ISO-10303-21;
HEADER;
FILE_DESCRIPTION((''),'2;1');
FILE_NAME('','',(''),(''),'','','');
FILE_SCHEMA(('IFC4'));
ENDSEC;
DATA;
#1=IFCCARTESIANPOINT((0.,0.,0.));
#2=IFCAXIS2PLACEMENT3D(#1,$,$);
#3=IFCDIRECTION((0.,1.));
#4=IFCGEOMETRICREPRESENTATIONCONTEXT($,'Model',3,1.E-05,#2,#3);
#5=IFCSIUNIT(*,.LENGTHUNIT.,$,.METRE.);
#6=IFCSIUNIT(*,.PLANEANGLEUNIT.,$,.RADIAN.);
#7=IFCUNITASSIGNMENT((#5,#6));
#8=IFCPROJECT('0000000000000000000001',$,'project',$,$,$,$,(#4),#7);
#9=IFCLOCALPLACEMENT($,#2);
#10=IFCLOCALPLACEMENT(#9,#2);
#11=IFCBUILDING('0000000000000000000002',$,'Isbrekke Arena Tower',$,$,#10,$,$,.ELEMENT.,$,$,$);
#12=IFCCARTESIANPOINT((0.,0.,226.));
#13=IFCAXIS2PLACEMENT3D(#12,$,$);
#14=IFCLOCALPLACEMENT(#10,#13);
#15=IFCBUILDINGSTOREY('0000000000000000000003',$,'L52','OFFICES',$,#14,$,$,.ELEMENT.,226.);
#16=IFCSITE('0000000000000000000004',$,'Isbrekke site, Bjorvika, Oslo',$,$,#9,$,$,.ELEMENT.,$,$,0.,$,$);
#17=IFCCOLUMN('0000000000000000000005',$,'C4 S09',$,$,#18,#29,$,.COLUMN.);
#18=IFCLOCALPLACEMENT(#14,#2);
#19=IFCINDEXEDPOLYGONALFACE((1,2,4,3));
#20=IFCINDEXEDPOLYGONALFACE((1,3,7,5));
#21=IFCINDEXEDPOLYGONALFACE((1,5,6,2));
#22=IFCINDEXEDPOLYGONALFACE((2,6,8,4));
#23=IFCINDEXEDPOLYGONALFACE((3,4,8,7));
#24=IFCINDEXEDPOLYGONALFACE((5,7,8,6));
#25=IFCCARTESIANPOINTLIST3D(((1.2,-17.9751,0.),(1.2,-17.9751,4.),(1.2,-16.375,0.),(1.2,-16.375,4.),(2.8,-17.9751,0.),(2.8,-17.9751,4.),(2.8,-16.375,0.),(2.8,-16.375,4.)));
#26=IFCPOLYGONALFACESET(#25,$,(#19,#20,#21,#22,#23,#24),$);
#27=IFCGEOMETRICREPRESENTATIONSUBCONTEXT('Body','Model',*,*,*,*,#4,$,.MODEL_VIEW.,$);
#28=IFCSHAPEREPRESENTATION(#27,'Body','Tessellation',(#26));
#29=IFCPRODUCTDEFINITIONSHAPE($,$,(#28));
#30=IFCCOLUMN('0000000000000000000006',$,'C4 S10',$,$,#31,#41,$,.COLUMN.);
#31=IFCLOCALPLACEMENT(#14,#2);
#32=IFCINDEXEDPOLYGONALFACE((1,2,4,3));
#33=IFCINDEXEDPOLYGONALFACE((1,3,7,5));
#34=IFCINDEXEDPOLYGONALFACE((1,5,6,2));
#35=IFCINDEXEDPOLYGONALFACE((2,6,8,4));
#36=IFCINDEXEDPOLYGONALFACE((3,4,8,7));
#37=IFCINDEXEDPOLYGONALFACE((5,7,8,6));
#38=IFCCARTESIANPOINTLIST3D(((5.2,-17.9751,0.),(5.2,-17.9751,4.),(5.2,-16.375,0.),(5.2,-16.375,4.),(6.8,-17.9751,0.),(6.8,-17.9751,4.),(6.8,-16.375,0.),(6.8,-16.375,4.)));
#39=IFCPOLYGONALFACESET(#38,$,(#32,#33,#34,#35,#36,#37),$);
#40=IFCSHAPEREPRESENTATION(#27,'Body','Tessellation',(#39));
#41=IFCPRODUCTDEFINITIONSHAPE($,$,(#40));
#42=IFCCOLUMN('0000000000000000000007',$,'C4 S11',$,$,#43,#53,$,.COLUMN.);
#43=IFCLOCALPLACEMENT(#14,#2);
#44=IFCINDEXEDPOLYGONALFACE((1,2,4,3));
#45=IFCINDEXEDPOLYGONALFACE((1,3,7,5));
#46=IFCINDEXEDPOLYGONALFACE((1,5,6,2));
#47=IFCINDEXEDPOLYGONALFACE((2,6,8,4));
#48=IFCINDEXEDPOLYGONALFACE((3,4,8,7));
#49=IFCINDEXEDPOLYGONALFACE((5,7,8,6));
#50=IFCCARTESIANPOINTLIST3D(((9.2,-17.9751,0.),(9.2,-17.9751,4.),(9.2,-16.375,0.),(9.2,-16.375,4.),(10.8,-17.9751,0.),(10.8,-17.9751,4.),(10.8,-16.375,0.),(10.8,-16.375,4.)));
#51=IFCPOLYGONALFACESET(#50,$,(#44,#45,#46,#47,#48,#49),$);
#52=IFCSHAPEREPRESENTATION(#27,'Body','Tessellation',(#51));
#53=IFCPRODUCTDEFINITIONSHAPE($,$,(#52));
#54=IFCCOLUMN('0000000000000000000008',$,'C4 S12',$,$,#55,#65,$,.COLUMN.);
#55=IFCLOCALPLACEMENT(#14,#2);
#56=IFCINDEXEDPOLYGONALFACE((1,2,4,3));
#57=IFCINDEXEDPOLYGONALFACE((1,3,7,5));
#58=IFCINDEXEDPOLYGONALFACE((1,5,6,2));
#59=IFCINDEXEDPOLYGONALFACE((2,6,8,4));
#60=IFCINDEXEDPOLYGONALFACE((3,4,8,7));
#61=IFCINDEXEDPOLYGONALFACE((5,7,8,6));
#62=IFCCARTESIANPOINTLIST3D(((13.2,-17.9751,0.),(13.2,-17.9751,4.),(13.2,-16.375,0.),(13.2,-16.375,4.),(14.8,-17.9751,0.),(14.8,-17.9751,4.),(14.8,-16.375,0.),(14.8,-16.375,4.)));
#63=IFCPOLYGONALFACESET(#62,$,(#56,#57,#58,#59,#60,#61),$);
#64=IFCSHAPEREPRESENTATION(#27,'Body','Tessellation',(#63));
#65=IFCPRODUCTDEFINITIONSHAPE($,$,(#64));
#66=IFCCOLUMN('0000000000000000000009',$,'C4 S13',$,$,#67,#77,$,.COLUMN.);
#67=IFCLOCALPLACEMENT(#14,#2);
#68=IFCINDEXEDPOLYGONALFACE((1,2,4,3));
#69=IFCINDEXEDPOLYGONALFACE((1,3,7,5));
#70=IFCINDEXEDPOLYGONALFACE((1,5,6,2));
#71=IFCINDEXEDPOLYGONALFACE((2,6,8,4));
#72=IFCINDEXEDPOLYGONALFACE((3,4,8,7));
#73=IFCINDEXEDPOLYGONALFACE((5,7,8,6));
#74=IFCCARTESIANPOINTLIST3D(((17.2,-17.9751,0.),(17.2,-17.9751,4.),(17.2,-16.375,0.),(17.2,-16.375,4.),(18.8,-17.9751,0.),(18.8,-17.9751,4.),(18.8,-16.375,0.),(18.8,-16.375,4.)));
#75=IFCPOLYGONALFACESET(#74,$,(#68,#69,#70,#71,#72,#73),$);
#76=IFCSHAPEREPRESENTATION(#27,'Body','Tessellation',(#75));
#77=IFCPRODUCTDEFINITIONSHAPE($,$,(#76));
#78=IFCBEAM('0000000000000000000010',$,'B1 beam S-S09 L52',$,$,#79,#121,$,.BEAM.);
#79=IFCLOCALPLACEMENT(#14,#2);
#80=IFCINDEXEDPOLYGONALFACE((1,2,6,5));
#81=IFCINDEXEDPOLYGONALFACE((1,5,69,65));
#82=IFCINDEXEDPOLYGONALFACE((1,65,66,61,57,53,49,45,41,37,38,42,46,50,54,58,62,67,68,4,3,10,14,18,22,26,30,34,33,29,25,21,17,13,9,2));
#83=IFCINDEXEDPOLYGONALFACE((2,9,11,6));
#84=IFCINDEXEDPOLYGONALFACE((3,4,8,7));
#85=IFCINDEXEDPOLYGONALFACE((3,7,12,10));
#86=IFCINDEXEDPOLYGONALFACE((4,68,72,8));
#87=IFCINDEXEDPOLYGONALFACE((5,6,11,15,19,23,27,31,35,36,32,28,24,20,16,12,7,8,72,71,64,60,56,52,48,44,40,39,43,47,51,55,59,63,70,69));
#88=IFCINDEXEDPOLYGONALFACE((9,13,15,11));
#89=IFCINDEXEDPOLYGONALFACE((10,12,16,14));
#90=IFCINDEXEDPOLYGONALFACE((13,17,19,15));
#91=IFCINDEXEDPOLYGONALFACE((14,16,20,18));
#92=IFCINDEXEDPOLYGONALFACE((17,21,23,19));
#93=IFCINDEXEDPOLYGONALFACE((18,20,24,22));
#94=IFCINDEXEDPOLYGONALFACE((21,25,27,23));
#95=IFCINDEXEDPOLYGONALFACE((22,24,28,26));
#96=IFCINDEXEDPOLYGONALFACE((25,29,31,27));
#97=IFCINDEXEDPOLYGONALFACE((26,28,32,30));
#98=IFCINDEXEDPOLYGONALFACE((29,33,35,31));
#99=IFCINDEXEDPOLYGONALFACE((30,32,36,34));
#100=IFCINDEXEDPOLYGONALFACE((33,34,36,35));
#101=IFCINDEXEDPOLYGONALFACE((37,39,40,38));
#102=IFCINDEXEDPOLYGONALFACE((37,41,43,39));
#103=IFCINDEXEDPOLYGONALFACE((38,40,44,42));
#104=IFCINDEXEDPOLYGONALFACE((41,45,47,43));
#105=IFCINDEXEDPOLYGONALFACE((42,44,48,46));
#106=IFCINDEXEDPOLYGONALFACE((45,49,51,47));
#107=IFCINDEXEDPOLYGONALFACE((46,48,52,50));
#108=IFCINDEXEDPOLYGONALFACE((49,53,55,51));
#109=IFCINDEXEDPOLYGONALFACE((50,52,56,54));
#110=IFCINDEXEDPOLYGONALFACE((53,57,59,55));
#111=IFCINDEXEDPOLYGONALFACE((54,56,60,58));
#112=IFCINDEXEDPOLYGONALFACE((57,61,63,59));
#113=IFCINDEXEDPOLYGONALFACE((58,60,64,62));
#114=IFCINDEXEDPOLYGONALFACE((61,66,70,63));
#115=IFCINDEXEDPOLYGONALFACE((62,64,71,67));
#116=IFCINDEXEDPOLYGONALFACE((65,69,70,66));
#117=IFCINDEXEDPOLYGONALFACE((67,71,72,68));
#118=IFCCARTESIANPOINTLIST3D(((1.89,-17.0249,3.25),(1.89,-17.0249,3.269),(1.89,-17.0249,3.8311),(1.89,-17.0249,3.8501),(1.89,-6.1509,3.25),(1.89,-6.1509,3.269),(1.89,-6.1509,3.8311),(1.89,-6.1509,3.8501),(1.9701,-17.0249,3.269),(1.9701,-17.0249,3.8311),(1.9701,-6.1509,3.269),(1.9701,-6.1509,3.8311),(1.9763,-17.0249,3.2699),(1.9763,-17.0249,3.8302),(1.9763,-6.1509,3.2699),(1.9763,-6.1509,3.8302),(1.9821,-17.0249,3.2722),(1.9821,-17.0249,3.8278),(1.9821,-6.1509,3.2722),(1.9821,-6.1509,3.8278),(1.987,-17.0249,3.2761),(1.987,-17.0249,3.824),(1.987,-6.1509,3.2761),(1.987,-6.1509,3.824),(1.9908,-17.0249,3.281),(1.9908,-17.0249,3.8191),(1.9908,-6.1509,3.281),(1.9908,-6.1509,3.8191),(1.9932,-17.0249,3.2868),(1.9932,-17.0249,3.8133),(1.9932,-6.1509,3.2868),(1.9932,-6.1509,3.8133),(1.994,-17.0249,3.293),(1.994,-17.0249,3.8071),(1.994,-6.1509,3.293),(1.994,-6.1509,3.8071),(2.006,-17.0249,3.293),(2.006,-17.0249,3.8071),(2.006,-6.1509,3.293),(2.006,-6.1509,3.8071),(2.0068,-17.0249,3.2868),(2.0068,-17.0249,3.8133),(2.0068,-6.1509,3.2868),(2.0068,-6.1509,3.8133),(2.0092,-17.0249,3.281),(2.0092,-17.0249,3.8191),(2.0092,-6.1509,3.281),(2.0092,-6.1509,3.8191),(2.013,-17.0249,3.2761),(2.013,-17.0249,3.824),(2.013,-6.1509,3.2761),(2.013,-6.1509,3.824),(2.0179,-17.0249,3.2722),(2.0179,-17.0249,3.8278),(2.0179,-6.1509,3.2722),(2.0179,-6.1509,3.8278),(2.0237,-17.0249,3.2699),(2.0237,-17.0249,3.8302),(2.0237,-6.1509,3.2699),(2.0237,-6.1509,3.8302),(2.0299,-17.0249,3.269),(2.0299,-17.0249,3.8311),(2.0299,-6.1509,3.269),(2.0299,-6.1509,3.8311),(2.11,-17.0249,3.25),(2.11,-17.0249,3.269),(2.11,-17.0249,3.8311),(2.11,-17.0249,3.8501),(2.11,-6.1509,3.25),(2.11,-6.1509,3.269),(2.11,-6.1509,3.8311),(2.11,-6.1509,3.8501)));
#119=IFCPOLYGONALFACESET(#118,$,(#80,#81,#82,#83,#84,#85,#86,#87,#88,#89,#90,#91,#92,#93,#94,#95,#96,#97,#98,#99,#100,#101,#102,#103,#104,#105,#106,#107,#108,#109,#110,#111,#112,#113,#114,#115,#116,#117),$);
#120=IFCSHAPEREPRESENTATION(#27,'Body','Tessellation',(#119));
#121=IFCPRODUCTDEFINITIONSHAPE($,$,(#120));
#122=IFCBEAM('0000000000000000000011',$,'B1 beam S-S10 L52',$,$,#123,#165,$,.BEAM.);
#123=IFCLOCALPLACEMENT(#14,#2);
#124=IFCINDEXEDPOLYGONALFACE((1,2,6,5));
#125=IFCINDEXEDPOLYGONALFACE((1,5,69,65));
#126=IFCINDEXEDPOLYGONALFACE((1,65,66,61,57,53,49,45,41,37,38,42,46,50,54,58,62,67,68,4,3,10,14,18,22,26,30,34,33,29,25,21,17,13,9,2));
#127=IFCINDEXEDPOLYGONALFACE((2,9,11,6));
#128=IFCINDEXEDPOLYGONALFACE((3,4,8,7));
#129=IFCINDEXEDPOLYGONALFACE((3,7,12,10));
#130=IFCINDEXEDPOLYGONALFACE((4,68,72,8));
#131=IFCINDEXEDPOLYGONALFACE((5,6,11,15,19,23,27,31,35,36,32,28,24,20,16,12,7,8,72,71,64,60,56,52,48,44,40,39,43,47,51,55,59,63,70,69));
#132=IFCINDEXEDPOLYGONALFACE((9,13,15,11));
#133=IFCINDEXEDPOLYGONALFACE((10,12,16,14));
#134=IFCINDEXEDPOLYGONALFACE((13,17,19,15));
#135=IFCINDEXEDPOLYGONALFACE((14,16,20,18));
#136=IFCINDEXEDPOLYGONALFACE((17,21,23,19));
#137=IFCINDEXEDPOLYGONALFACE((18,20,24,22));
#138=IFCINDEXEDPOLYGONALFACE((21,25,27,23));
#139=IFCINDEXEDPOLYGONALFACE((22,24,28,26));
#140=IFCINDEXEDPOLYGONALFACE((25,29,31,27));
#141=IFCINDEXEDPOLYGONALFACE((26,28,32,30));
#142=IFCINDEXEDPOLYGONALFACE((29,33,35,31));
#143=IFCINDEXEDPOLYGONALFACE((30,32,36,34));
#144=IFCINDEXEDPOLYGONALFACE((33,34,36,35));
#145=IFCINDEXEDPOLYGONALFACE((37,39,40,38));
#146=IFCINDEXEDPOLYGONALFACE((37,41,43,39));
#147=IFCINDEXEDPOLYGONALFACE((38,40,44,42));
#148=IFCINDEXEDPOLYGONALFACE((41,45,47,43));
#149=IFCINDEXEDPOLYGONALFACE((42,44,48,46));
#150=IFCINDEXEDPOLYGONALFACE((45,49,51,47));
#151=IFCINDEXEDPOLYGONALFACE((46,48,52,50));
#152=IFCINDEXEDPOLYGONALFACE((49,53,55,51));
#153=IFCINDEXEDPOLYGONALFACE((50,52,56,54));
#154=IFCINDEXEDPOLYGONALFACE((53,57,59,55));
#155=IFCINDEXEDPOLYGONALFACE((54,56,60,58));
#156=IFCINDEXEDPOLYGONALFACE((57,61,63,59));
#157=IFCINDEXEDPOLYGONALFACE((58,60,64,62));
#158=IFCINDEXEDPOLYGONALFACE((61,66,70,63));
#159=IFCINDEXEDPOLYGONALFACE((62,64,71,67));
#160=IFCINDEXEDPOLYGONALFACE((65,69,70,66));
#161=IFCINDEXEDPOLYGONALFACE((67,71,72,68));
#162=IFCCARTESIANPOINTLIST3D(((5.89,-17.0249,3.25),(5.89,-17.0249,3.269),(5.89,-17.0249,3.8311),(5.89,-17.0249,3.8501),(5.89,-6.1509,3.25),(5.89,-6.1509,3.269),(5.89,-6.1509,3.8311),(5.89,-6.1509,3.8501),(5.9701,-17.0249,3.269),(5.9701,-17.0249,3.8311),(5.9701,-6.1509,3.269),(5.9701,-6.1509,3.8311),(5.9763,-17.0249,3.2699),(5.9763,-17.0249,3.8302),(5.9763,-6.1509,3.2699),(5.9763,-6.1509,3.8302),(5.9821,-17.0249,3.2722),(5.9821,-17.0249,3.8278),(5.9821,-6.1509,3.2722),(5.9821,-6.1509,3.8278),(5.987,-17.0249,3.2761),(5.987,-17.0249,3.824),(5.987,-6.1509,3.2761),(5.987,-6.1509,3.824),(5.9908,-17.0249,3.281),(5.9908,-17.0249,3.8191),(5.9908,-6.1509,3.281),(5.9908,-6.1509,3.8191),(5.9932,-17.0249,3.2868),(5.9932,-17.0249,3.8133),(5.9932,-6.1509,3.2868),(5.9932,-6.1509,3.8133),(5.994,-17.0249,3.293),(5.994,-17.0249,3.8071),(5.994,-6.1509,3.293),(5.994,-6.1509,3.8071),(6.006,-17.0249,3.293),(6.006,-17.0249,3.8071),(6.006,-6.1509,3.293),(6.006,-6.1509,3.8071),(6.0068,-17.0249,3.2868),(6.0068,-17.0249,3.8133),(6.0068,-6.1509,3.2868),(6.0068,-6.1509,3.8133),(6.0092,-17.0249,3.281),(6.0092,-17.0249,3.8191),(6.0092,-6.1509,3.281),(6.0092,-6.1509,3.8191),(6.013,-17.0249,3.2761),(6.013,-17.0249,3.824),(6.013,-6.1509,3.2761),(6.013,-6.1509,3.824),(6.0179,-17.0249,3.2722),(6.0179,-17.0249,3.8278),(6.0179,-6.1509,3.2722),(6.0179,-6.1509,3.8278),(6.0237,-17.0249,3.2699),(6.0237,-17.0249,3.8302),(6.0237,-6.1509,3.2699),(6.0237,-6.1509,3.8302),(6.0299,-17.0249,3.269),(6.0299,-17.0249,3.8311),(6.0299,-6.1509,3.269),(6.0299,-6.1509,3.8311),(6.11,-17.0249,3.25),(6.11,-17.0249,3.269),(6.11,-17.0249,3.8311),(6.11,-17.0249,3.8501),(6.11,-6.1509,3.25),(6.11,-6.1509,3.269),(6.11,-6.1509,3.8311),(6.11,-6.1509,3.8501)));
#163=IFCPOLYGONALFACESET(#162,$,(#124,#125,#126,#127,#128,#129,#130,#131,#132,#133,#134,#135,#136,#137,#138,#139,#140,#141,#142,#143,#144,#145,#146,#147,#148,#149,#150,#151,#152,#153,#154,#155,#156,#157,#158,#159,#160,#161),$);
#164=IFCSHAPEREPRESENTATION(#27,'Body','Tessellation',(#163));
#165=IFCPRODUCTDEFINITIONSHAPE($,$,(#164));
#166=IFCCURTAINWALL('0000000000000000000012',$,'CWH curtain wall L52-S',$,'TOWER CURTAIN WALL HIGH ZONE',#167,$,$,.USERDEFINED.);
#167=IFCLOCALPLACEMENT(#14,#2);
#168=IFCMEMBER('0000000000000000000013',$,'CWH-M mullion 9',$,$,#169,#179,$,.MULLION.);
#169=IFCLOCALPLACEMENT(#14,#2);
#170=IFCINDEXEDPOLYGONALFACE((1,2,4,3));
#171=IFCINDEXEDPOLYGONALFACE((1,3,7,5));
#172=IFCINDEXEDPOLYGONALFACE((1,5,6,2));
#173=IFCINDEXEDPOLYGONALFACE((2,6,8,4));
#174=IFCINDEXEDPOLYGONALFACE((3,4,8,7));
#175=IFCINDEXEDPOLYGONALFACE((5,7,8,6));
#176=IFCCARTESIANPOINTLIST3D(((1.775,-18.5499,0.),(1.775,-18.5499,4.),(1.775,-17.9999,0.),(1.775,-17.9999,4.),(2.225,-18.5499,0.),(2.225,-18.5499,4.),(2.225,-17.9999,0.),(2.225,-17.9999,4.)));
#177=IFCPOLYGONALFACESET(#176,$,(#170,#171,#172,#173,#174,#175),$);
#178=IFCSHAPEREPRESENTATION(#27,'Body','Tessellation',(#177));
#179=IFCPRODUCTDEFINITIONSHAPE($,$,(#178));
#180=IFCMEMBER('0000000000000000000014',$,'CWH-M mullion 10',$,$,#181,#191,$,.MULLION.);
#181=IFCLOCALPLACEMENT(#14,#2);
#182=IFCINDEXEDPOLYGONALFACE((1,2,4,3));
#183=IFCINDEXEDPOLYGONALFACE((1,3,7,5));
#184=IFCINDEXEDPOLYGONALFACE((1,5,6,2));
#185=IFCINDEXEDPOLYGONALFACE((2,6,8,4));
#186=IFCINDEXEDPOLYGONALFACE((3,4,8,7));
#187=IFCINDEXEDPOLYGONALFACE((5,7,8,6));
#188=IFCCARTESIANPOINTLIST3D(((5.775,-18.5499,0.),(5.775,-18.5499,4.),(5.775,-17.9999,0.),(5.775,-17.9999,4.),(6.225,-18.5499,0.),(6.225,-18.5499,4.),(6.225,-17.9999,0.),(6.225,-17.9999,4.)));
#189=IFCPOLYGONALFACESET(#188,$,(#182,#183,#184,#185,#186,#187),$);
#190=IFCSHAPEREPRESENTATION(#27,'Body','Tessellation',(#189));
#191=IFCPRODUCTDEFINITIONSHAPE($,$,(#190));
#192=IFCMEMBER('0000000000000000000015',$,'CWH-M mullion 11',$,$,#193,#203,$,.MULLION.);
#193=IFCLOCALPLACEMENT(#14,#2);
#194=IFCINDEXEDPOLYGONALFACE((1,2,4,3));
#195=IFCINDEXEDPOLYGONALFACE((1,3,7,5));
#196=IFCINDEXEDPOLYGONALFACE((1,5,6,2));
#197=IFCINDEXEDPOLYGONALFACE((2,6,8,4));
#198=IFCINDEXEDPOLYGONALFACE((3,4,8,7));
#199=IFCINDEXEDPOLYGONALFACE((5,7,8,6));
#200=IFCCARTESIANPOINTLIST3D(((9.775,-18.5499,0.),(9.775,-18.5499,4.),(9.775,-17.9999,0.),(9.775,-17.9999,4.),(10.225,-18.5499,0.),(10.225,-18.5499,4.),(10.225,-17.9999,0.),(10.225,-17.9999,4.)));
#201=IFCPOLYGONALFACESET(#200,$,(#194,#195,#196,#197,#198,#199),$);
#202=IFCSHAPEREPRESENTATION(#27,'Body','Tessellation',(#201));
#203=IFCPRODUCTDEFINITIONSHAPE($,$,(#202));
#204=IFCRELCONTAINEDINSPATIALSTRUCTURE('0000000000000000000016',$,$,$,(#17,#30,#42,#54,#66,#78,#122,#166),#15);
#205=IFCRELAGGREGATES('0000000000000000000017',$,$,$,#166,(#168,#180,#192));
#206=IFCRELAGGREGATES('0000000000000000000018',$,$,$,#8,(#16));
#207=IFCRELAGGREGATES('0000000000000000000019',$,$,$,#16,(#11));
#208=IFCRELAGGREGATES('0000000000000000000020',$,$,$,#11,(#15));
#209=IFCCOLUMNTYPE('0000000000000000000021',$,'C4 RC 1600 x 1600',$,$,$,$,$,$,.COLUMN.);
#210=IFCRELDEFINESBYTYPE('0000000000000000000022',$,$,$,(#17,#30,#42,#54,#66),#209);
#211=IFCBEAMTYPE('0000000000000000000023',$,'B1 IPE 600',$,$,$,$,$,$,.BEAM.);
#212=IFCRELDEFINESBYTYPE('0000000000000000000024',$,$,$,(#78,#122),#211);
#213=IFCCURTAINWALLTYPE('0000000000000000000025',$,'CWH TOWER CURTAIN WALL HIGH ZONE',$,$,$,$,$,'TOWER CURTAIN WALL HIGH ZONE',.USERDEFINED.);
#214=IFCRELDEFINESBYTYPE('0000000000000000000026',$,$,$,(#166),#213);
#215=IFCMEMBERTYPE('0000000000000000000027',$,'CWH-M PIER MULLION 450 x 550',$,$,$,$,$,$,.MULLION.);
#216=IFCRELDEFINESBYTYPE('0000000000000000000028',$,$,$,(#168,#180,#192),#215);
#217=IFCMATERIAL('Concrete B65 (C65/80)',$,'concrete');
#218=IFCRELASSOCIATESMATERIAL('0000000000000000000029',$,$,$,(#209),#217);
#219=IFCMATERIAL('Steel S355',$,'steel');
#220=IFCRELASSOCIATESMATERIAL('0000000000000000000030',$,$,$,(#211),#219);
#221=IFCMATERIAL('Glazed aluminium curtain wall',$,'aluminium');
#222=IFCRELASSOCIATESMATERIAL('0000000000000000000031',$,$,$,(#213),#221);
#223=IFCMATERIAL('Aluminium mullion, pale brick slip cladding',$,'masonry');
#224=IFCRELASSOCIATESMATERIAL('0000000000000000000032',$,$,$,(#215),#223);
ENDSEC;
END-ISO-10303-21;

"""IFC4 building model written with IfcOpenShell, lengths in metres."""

from ifc_helpers import new_model, si_unit, direction, frame, origin, origin_2d, place, context, subcontext, project, spatial, rectangle, i_section, extrude, material, material_profile, profile_set, type_object, element, aggregate, save


model = new_model("IFC4")

# Units and contexts
model_context = context("Model", 3, precision=1e-05, world=origin(), true_north=direction((0.0, 1.0)))
body_context = subcontext(model_context, "Body", "Model", "MODEL_VIEW")
ifc_project = project(units=[si_unit("LENGTHUNIT", "METRE"), si_unit("PLANEANGLEUNIT", "RADIAN")], contexts=[model_context])

# Site, building, storey
site_placement = place(None, origin())
site = spatial("IfcSite", under=ifc_project, at=site_placement, Name="Isbrekke site, Bjorvika, Oslo", CompositionType="ELEMENT", RefElevation=0.0)
building_placement = place(site_placement, origin())
building = spatial("IfcBuilding", under=site, at=building_placement, Name="Isbrekke Arena Tower", CompositionType="ELEMENT")
storey_placement = place(building_placement, frame((0.0, 0.0, 226.0)))
storey = spatial("IfcBuildingStorey", under=building, at=storey_placement, Name="L52", Description="OFFICES", CompositionType="ELEMENT", Elevation=226.0)

# Columns
ifc_material_1 = material(Name="Concrete B65 (C65/80)", Category="concrete")
ifc_material_profile_1 = material_profile(ifc_material_1, rectangle(XDim=1.6001, YDim=1.6001, at=origin_2d()), Name="RC 1600x1600")
ifc_profile_set_1 = profile_set([ifc_material_profile_1], Name="Concrete B65 (C65/80)")
column_type = type_object("IfcColumnType", Name="C4 RC 1600 x 1600", PredefinedType="COLUMN", material=ifc_profile_set_1)
for number, where, z_axis, x_axis, name in (
    (1, (2.0, -17.175, 0.0), (0.0, 0.0, 1.0), (1.0, 0.0, 0.0), "C4 S09"),
    (2, (6.0, -17.175, 0.0), (0.0, 0.0, 1.0), (1.0, 0.0, 0.0), "C4 S10"),
    (3, (10.0, -17.175, 0.0), (0.0, 0.0, 1.0), (1.0, 0.0, 0.0), "C4 S11"),
    (4, (14.0, -17.175, 0.0), (0.0, 0.0, 1.0), (1.0, 0.0, 0.0), "C4 S12"),
    (5, (18.0, -17.175, 0.0), (0.0, 0.0, 1.0), (1.0, 0.0, 0.0), "C4 S13"),
):
    element("IfcColumn", number, at=place(storey_placement, frame(where, z_axis=z_axis, x_axis=x_axis)), inside=storey, type_object=column_type, Name=name, PredefinedType="COLUMN", context=body_context, shape_type="SweptSolid", body=[
        extrude(rectangle(XDim=1.6001, YDim=1.6001, at=origin_2d()), origin(), (0.0, 0.0, 1.0), 4.0),
    ])

# Beams
ifc_material_2 = material(Name="Steel S355", Category="steel")
ifc_material_profile_2 = material_profile(ifc_material_2, i_section(OverallWidth=0.22, OverallDepth=0.6001, WebThickness=0.012, FlangeThickness=0.019, FilletRadius=0.0239, at=origin_2d()), Name="IPE 600")
ifc_profile_set_2 = profile_set([ifc_material_profile_2], Name="Steel S355")
beam_type_1 = type_object("IfcBeamType", Name="B1 IPE 600", PredefinedType="BEAM", material=ifc_profile_set_2)
for number, where, z_axis, x_axis, name in (
    (6, (2.0, -17.0249, 3.55), (0.0, 1.0, 0.0), (-1.0, 0.0, 0.0), "B1 beam S-S09 L52"),
    (7, (6.0, -17.0249, 3.55), (0.0, 1.0, 0.0), (-1.0, 0.0, 0.0), "B1 beam S-S10 L52"),
):
    element("IfcBeam", number, at=place(storey_placement, frame(where, z_axis=z_axis, x_axis=x_axis)), inside=storey, type_object=beam_type_1, Name=name, PredefinedType="BEAM", context=body_context, shape_type="SweptSolid", body=[
        extrude(i_section(OverallWidth=0.22, OverallDepth=0.6001, WebThickness=0.012, FlangeThickness=0.019, FilletRadius=0.0239, at=origin_2d()), origin(), (0.0, 0.0, 1.0), 10.874),
    ])

# Curtain wall, members
ifc_material_3 = material(Name="Glazed aluminium curtain wall", Category="aluminium")
curtain_wall_type = type_object("IfcCurtainWallType", Name="CWH TOWER CURTAIN WALL HIGH ZONE", ElementType="TOWER CURTAIN WALL HIGH ZONE", PredefinedType="USERDEFINED", material=ifc_material_3)
curtain_wall_placement = place(storey_placement, origin())
curtain_wall = element("IfcCurtainWall", 8, at=curtain_wall_placement, inside=storey, type_object=curtain_wall_type, Name="CWH curtain wall L52-S", ObjectType="TOWER CURTAIN WALL HIGH ZONE", PredefinedType="USERDEFINED")
ifc_material_4 = material(Name="Aluminium mullion, pale brick slip cladding", Category="masonry")
ifc_material_profile_3 = material_profile(ifc_material_4, rectangle(XDim=0.45, YDim=0.55, at=origin_2d()), Name="PIER 450X550")
ifc_profile_set_3 = profile_set([ifc_material_profile_3], Name="Aluminium mullion, pale brick slip cladding")
member_type_1 = type_object("IfcMemberType", Name="CWH-M PIER MULLION 450 x 550", PredefinedType="MULLION", material=ifc_profile_set_3)
member_1_placement = place(storey_placement, frame((2.0, -18.2749, 0.0), z_axis=(0.0, 0.0, 1.0), x_axis=(1.0, 0.0, 0.0)))
member_1 = element("IfcMember", 9, at=member_1_placement, type_object=member_type_1, Name="CWH-M mullion 9", PredefinedType="MULLION", context=body_context, shape_type="SweptSolid", body=[
    extrude(rectangle(XDim=0.45, YDim=0.55, at=origin_2d()), origin(), (0.0, 0.0, 1.0), 4.0),
])
member_2_placement = place(storey_placement, frame((6.0, -18.2749, 0.0), z_axis=(0.0, 0.0, 1.0), x_axis=(1.0, 0.0, 0.0)))
member_2 = element("IfcMember", 10, at=member_2_placement, type_object=member_type_1, Name="CWH-M mullion 10", PredefinedType="MULLION", context=body_context, shape_type="SweptSolid", body=[
    extrude(rectangle(XDim=0.45, YDim=0.55, at=origin_2d()), origin(), (0.0, 0.0, 1.0), 4.0),
])
member_3_placement = place(storey_placement, frame((10.0, -18.2749, 0.0), z_axis=(0.0, 0.0, 1.0), x_axis=(1.0, 0.0, 0.0)))
member_3 = element("IfcMember", 11, at=member_3_placement, type_object=member_type_1, Name="CWH-M mullion 11", PredefinedType="MULLION", context=body_context, shape_type="SweptSolid", body=[
    extrude(rectangle(XDim=0.45, YDim=0.55, at=origin_2d()), origin(), (0.0, 0.0, 1.0), 4.0),
])

aggregate(curtain_wall, [member_1, member_2, member_3])

save(model, "model.ifc")
